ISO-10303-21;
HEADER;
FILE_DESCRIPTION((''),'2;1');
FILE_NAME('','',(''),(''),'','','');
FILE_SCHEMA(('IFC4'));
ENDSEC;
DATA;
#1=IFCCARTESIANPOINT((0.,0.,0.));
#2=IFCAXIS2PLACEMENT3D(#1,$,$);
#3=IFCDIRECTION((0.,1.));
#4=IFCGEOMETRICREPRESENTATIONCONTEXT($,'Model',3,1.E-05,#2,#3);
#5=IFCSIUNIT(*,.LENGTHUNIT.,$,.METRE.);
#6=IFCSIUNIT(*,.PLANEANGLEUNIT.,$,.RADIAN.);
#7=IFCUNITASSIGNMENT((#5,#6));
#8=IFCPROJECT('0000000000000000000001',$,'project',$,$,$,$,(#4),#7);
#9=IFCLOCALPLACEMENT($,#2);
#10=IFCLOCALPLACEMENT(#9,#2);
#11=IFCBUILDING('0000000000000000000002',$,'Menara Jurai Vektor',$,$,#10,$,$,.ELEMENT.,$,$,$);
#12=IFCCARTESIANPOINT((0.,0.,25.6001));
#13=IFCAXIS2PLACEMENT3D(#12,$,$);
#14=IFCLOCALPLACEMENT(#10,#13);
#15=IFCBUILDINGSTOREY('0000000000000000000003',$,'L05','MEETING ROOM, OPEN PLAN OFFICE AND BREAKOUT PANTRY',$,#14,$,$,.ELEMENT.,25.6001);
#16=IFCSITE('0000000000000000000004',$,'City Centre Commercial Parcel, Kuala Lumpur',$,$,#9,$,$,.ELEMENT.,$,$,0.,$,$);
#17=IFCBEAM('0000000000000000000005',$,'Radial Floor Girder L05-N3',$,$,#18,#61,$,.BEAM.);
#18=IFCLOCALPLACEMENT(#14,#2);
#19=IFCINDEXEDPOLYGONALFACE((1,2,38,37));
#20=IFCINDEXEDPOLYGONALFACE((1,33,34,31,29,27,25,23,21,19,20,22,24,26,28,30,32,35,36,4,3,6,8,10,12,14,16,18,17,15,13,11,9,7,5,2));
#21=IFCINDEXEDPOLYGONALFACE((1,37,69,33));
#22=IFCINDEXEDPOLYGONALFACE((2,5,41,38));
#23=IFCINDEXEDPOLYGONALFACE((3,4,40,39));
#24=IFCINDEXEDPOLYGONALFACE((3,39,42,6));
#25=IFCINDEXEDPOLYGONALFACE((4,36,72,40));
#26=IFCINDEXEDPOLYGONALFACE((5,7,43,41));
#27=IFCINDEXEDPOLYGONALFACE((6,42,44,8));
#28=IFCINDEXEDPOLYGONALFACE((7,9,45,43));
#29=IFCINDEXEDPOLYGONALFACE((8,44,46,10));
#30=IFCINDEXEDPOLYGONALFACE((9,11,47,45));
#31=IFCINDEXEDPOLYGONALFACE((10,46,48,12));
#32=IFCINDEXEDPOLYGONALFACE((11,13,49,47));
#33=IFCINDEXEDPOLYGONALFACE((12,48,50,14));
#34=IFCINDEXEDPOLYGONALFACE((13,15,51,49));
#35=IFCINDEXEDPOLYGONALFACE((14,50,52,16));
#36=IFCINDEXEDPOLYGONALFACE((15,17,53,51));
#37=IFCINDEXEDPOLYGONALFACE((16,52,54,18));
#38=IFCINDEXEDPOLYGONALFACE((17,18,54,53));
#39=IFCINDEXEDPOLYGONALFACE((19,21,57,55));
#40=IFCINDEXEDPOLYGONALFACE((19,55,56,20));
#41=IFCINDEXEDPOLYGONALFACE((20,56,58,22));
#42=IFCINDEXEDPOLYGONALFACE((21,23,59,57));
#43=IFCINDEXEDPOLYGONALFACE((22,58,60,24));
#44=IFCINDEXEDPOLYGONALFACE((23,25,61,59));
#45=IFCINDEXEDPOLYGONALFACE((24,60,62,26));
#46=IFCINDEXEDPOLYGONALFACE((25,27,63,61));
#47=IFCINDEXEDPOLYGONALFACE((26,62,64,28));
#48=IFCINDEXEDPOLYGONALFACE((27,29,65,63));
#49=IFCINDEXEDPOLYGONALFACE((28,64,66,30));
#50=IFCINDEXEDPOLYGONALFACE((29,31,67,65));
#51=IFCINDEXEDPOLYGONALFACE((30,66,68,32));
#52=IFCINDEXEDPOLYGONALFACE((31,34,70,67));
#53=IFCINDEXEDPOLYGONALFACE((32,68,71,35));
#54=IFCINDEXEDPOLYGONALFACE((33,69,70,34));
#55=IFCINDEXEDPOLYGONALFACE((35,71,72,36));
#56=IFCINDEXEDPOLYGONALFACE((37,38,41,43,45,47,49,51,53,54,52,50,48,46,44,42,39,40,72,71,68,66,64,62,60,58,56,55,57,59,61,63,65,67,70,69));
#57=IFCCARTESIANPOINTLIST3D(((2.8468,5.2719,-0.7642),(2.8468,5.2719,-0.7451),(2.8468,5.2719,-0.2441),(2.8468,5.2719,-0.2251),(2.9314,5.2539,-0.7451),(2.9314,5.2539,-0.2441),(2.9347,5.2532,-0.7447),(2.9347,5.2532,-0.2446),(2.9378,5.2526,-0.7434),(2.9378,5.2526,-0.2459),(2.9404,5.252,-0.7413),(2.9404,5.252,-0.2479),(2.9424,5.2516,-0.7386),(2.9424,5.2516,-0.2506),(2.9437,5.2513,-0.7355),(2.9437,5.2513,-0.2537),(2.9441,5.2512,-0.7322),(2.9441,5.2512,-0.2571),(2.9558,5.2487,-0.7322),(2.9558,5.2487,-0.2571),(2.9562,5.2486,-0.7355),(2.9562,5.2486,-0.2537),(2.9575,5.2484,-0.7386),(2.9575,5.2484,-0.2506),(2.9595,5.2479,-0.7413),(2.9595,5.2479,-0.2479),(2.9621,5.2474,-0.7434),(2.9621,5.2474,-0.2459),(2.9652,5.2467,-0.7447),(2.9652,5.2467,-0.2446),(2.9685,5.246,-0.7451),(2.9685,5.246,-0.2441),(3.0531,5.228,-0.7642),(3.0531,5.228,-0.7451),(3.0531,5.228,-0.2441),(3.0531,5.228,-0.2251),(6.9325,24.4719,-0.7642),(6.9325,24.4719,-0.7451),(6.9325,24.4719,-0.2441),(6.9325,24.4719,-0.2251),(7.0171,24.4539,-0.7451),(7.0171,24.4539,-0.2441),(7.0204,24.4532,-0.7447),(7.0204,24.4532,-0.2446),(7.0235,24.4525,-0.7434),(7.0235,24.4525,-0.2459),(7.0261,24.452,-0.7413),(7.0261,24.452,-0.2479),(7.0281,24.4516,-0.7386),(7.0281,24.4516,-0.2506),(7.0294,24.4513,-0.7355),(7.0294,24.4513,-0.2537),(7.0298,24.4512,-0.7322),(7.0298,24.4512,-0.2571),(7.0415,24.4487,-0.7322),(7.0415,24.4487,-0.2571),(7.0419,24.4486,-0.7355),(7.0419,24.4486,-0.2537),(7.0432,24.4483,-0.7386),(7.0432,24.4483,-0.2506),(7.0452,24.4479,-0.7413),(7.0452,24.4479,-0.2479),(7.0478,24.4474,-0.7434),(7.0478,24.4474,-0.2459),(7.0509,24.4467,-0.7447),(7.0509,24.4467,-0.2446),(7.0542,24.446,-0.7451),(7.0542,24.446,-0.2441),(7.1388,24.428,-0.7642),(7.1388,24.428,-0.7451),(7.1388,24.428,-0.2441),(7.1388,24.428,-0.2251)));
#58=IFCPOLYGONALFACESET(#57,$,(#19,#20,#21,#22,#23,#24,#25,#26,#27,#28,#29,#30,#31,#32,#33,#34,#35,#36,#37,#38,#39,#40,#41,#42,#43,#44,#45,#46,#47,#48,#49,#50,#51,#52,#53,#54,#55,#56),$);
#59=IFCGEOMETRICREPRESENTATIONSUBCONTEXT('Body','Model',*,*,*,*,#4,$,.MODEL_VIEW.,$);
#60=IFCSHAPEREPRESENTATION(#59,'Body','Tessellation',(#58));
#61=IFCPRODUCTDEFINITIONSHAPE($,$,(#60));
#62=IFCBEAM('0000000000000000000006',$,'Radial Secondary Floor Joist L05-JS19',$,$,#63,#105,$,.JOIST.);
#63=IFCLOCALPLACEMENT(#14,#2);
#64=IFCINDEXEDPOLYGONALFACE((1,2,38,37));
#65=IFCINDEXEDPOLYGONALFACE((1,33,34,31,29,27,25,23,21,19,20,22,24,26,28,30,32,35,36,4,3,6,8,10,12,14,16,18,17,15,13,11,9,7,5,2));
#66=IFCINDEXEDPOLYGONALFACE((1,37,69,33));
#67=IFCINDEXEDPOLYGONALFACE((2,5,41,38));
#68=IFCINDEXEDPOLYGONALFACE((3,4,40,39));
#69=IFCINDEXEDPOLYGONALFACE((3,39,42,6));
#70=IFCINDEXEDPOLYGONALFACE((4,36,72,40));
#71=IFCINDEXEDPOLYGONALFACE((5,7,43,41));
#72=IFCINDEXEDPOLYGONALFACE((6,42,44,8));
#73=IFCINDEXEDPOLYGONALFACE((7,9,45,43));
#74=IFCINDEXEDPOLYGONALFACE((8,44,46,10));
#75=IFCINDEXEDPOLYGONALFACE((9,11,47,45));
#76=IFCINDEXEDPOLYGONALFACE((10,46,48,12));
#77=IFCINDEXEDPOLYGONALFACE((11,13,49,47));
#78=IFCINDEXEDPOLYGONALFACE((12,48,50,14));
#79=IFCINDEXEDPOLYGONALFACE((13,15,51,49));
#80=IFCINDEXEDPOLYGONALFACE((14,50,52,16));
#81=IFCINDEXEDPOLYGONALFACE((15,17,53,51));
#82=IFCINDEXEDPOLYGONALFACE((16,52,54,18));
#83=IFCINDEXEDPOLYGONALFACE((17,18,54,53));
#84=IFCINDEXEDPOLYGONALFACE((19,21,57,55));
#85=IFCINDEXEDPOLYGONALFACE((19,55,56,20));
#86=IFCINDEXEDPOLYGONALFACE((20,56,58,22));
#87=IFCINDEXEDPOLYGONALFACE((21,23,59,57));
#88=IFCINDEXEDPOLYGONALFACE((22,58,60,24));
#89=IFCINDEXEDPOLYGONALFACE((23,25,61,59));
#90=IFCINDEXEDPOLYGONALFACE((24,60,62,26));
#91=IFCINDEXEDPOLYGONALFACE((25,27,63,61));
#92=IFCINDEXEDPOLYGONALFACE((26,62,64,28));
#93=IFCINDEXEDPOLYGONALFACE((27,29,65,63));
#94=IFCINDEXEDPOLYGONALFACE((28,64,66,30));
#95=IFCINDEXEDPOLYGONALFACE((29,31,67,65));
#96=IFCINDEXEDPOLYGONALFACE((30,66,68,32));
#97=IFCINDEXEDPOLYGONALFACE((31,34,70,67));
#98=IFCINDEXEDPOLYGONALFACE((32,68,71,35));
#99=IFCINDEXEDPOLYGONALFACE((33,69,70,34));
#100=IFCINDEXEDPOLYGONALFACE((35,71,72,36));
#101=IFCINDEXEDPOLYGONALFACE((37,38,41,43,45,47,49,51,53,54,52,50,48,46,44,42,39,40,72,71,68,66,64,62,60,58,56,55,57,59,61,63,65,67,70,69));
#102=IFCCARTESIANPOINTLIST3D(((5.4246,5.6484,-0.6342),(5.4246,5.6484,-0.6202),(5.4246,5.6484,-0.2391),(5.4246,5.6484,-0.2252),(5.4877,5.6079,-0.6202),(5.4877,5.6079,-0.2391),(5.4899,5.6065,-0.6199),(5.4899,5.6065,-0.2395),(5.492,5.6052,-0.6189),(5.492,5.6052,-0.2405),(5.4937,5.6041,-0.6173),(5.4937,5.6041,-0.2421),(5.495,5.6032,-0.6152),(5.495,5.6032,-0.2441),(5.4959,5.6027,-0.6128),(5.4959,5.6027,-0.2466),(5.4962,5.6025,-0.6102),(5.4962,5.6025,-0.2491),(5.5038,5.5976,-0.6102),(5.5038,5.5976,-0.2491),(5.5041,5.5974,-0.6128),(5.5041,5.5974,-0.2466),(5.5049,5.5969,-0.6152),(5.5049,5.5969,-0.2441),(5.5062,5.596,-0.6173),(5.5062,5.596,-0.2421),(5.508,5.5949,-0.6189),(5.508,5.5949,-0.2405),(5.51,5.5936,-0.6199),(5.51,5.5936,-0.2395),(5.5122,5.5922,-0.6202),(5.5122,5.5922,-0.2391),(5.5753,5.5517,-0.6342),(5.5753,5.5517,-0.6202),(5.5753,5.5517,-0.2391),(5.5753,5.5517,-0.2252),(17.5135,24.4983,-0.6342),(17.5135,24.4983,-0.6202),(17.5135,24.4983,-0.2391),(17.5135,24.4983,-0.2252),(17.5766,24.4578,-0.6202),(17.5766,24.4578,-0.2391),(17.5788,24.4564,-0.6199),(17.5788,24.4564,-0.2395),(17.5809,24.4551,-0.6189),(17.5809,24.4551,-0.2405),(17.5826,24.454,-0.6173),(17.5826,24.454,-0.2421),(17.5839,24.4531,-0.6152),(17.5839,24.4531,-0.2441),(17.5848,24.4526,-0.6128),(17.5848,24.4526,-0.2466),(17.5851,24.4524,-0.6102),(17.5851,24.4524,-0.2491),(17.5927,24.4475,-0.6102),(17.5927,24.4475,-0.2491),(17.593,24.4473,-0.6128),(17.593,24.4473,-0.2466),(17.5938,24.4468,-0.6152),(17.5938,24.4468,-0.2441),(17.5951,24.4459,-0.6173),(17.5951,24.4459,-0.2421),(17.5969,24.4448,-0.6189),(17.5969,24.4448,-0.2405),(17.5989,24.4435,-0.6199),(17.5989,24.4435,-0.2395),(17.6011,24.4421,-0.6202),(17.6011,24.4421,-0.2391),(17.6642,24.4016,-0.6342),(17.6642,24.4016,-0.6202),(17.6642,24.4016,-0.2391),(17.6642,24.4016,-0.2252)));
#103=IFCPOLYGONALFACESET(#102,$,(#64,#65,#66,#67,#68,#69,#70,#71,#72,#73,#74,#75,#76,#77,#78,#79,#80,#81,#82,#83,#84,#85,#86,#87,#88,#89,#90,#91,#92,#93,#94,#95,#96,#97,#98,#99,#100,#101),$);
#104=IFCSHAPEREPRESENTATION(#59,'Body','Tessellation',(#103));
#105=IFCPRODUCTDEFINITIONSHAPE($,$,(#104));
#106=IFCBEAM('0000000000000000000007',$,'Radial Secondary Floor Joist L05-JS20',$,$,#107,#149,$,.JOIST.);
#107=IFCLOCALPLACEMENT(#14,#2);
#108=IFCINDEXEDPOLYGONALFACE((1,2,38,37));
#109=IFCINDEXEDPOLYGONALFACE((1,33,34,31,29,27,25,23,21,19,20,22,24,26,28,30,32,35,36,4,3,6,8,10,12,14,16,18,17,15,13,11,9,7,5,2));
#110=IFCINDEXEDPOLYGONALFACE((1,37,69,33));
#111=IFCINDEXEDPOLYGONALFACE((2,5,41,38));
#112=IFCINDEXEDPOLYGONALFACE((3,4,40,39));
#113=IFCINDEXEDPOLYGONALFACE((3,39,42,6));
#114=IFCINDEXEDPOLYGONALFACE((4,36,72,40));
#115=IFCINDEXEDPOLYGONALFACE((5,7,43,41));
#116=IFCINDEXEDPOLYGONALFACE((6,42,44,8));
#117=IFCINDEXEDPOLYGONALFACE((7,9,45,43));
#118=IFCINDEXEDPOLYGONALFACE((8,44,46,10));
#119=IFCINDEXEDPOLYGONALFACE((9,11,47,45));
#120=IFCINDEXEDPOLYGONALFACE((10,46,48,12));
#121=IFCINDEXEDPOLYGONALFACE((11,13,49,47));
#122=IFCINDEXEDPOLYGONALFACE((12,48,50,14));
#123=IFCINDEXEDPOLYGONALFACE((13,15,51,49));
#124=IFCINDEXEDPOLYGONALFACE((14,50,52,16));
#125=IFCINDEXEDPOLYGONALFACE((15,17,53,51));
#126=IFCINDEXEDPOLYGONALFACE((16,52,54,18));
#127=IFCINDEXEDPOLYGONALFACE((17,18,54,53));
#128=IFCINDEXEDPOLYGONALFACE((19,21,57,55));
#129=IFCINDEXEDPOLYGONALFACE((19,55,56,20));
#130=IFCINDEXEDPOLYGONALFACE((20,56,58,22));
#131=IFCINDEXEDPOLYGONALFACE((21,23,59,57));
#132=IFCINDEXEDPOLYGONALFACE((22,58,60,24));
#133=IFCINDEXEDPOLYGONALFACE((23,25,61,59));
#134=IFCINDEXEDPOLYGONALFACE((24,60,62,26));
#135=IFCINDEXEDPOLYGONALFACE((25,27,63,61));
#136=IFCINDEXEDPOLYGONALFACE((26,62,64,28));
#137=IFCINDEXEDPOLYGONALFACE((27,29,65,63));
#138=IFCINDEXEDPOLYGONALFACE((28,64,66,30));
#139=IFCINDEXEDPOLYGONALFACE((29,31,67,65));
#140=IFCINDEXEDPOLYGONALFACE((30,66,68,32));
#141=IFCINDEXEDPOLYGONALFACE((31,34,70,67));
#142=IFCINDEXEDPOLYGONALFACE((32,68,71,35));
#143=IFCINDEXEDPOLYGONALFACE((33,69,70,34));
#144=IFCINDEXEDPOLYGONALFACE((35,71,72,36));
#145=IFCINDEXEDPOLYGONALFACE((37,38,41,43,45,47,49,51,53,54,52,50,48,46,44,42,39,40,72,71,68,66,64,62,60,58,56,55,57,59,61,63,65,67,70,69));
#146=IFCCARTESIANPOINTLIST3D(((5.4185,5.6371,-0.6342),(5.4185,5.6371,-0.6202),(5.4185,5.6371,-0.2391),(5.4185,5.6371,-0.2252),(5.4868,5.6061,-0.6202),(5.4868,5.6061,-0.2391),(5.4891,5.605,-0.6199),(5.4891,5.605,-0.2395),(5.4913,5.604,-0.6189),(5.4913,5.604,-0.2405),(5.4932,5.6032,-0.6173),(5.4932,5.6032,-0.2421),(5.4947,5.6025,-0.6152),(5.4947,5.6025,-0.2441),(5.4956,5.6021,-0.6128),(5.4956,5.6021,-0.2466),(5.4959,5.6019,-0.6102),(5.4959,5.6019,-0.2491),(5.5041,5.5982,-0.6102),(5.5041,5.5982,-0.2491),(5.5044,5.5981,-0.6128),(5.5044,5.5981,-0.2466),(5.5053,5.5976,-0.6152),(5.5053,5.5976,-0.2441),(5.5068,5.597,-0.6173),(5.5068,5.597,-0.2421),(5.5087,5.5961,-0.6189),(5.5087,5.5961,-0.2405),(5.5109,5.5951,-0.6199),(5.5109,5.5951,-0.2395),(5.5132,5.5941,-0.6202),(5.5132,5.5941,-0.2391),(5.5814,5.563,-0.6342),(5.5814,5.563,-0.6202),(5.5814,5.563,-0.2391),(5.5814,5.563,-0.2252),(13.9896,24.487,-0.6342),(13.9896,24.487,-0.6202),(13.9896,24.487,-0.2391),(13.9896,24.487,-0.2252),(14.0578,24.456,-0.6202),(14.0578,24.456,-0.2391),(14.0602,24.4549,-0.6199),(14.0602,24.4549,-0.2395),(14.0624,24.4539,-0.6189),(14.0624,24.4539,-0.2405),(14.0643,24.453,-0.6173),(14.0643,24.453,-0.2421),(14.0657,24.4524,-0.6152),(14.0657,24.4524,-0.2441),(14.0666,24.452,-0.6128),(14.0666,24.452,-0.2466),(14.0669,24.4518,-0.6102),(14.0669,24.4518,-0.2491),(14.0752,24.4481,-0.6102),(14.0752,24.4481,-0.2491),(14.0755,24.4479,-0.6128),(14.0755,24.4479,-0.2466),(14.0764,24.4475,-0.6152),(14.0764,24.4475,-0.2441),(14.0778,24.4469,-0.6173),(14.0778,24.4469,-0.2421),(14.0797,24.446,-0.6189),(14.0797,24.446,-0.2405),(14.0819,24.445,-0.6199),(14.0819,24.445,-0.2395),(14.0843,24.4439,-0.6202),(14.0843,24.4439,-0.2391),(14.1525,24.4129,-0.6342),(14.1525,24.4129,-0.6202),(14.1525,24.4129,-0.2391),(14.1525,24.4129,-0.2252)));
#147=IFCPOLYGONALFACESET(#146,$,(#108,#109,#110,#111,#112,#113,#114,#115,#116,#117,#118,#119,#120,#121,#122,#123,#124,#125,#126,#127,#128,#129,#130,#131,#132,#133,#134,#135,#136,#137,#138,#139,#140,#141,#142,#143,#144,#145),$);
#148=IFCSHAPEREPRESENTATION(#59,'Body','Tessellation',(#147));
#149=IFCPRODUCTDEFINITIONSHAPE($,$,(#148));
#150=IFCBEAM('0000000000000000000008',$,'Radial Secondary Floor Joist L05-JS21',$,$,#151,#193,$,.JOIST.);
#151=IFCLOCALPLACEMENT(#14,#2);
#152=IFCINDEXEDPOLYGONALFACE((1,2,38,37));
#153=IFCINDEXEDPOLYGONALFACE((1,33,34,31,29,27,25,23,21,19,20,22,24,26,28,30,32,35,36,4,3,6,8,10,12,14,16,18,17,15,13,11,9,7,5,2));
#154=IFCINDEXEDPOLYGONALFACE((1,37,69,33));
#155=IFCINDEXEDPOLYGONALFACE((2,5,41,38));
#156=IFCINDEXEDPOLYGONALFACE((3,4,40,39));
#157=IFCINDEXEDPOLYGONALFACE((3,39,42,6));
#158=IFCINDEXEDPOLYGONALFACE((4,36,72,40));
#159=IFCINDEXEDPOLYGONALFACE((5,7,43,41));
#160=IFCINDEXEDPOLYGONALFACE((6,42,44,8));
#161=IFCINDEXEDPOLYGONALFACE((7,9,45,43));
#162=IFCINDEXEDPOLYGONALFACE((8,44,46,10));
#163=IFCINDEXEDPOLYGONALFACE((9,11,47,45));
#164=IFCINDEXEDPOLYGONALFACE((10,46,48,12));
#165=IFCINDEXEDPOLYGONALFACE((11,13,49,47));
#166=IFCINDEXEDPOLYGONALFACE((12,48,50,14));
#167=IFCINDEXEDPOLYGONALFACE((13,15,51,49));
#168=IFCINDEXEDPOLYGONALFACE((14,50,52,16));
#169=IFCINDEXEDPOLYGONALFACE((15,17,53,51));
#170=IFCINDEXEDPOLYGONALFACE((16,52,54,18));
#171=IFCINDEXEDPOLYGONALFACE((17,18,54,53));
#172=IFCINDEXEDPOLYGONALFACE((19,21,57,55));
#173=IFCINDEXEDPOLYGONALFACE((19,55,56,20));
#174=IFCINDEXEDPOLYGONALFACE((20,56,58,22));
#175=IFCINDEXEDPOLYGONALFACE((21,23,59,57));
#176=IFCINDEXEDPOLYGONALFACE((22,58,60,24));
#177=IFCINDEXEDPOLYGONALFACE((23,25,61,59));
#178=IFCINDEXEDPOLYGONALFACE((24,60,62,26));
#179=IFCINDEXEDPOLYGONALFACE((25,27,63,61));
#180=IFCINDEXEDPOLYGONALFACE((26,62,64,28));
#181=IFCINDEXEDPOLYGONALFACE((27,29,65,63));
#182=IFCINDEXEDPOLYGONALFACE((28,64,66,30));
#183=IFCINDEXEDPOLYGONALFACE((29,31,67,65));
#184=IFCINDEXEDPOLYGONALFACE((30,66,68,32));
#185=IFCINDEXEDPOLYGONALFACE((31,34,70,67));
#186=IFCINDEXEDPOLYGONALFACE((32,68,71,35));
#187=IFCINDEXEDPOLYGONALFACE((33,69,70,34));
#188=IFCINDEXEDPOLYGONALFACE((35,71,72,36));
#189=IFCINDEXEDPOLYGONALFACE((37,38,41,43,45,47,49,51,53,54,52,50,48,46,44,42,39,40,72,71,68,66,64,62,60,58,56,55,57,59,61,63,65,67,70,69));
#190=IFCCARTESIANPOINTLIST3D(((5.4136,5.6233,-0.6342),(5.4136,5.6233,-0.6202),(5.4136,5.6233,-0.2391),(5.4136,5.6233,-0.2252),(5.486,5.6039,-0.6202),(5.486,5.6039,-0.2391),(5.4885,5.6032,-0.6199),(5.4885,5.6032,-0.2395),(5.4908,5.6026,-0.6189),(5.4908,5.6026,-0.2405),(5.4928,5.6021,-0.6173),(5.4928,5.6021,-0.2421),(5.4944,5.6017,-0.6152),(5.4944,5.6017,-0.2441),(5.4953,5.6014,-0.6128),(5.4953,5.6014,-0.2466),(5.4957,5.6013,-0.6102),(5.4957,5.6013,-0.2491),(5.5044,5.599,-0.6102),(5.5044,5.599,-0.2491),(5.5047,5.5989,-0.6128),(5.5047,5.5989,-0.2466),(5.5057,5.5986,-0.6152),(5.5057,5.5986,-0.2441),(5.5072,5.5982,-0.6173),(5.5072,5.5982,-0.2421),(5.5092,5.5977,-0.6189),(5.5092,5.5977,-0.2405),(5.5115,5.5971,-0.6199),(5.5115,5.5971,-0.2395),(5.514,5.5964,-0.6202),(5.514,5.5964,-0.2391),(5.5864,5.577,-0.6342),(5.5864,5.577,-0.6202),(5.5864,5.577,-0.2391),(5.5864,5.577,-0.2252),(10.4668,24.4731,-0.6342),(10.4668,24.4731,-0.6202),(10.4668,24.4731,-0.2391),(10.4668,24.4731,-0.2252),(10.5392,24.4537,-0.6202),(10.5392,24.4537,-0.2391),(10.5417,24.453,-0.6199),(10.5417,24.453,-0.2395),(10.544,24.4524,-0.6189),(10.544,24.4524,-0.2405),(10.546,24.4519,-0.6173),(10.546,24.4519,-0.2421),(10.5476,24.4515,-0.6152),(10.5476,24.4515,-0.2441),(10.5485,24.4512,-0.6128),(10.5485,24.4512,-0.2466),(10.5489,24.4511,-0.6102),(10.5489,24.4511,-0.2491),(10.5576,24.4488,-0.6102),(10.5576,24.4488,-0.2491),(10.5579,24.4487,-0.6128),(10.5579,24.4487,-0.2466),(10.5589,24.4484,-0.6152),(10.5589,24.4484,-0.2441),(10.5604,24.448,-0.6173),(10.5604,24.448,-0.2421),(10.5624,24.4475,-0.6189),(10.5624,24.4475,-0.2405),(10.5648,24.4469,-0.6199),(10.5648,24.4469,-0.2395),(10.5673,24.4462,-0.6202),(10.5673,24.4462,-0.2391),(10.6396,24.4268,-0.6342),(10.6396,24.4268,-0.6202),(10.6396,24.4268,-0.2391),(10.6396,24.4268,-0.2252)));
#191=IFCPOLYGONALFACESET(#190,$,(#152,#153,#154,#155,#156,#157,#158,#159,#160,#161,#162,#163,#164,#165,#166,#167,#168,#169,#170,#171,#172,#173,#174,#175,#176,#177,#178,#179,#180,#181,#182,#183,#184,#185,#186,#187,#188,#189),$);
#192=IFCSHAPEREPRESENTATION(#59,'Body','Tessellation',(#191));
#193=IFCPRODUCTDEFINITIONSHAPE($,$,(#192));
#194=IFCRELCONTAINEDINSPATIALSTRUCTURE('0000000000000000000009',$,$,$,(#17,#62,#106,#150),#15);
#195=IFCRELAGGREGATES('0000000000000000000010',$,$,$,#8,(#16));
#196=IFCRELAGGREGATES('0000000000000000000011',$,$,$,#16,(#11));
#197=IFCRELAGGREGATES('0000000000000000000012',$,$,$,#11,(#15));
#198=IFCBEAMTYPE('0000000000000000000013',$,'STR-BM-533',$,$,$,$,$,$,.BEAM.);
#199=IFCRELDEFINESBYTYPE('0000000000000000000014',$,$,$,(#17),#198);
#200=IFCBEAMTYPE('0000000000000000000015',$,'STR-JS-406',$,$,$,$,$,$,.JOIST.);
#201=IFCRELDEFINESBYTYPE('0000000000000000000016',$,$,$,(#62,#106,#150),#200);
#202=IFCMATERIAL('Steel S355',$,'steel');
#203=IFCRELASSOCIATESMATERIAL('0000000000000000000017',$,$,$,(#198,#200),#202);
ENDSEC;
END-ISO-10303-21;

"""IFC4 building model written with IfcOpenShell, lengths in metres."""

from ifc_helpers import new_model, si_unit, direction, frame, origin, origin_2d, place, context, subcontext, project, spatial, i_section, extrude, material, material_profile, profile_set, type_object, element, save


model = new_model("IFC4")

# Units and contexts
model_context = context("Model", 3, precision=1e-05, world=origin(), true_north=direction((0.0, 1.0)))
body_context = subcontext(model_context, "Body", "Model", "MODEL_VIEW")
ifc_project = project(units=[si_unit("LENGTHUNIT", "METRE"), si_unit("PLANEANGLEUNIT", "RADIAN")], contexts=[model_context])

# Site, building, storey
site_placement = place(None, origin())
site = spatial("IfcSite", under=ifc_project, at=site_placement, Name="City Centre Commercial Parcel, Kuala Lumpur", CompositionType="ELEMENT", RefElevation=0.0)
building_placement = place(site_placement, origin())
building = spatial("IfcBuilding", under=site, at=building_placement, Name="Menara Jurai Vektor", CompositionType="ELEMENT")
storey_placement = place(building_placement, frame((0.0, 0.0, 25.6001)))
storey = spatial("IfcBuildingStorey", under=building, at=storey_placement, Name="L05", Description="MEETING ROOM, OPEN PLAN OFFICE AND BREAKOUT PANTRY", CompositionType="ELEMENT", Elevation=25.6001)

# Beams
ifc_material_1 = material(Name="Steel S355", Category="steel")
ifc_material_profile_1 = material_profile(ifc_material_1, i_section(OverallWidth=0.2109, OverallDepth=0.5391, WebThickness=0.012, FlangeThickness=0.019, FilletRadius=0.0129, at=origin_2d()), Name="UKB 533x210x109")
ifc_profile_set_1 = profile_set([ifc_material_profile_1], Name="Steel S355")
beam_type_1 = type_object("IfcBeamType", Name="STR-BM-533", PredefinedType="BEAM", material=ifc_profile_set_1)
beam_1_placement = place(storey_placement, frame((7.0356, 24.45, -0.4946), z_axis=(-0.208137, -0.9781, 0.0), x_axis=(0.9781, -0.208137, 0.0)))
element("IfcBeam", 1, at=beam_1_placement, inside=storey, type_object=beam_type_1, Name="Radial Floor Girder L05-N3", PredefinedType="BEAM", context=body_context, shape_type="SweptSolid", body=[
    extrude(i_section(OverallWidth=0.2109, OverallDepth=0.5391, WebThickness=0.012, FlangeThickness=0.019, FilletRadius=0.0129, at=origin_2d()), origin(), (0.0, 0.0, 1.0), 19.6299),
])
ifc_material_profile_2 = material_profile(ifc_material_1, i_section(OverallWidth=0.179, OverallDepth=0.4089, WebThickness=0.009, FlangeThickness=0.0139, FilletRadius=0.01, at=origin_2d()), Name="UKB 406x178x67")
ifc_profile_set_2 = profile_set([ifc_material_profile_2], Name="Steel S355")
beam_type_2 = type_object("IfcBeamType", Name="STR-JS-406", PredefinedType="JOIST", material=ifc_profile_set_2)
beam_2_placement = place(storey_placement, frame((17.5889, 24.45, -0.4297), z_axis=(-0.539844, -0.841765, 0.0), x_axis=(0.841765, -0.539844, 0.0)))
element("IfcBeam", 2, at=beam_2_placement, inside=storey, type_object=beam_type_2, Name="Radial Secondary Floor Joist L05-JS19", PredefinedType="JOIST", context=body_context, shape_type="SweptSolid", body=[
    extrude(i_section(OverallWidth=0.179, OverallDepth=0.4089, WebThickness=0.009, FlangeThickness=0.0139, FilletRadius=0.01, at=origin_2d()), origin(), (0.0, 0.0, 1.0), 22.3933),
])
beam_3_placement = place(storey_placement, frame((14.071, 24.45, -0.4297), z_axis=(-0.41392, -0.910313, 0.0), x_axis=(0.910313, -0.41392, 0.0)))
element("IfcBeam", 3, at=beam_3_placement, inside=storey, type_object=beam_type_2, Name="Radial Secondary Floor Joist L05-JS20", PredefinedType="JOIST", context=body_context, shape_type="SweptSolid", body=[
    extrude(i_section(OverallWidth=0.179, OverallDepth=0.4089, WebThickness=0.009, FlangeThickness=0.0139, FilletRadius=0.01, at=origin_2d()), origin(), (0.0, 0.0, 1.0), 20.707),
])
beam_4_placement = place(storey_placement, frame((10.5532, 24.45, -0.4297), z_axis=(-0.258935, -0.965895, 0.0), x_axis=(0.965895, -0.258935, 0.0)))
element("IfcBeam", 4, at=beam_4_placement, inside=storey, type_object=beam_type_2, Name="Radial Secondary Floor Joist L05-JS21", PredefinedType="JOIST", context=body_context, shape_type="SweptSolid", body=[
    extrude(i_section(OverallWidth=0.179, OverallDepth=0.4089, WebThickness=0.009, FlangeThickness=0.0139, FilletRadius=0.01, at=origin_2d()), origin(), (0.0, 0.0, 1.0), 19.5154),
])

save(model, "model.ifc")
